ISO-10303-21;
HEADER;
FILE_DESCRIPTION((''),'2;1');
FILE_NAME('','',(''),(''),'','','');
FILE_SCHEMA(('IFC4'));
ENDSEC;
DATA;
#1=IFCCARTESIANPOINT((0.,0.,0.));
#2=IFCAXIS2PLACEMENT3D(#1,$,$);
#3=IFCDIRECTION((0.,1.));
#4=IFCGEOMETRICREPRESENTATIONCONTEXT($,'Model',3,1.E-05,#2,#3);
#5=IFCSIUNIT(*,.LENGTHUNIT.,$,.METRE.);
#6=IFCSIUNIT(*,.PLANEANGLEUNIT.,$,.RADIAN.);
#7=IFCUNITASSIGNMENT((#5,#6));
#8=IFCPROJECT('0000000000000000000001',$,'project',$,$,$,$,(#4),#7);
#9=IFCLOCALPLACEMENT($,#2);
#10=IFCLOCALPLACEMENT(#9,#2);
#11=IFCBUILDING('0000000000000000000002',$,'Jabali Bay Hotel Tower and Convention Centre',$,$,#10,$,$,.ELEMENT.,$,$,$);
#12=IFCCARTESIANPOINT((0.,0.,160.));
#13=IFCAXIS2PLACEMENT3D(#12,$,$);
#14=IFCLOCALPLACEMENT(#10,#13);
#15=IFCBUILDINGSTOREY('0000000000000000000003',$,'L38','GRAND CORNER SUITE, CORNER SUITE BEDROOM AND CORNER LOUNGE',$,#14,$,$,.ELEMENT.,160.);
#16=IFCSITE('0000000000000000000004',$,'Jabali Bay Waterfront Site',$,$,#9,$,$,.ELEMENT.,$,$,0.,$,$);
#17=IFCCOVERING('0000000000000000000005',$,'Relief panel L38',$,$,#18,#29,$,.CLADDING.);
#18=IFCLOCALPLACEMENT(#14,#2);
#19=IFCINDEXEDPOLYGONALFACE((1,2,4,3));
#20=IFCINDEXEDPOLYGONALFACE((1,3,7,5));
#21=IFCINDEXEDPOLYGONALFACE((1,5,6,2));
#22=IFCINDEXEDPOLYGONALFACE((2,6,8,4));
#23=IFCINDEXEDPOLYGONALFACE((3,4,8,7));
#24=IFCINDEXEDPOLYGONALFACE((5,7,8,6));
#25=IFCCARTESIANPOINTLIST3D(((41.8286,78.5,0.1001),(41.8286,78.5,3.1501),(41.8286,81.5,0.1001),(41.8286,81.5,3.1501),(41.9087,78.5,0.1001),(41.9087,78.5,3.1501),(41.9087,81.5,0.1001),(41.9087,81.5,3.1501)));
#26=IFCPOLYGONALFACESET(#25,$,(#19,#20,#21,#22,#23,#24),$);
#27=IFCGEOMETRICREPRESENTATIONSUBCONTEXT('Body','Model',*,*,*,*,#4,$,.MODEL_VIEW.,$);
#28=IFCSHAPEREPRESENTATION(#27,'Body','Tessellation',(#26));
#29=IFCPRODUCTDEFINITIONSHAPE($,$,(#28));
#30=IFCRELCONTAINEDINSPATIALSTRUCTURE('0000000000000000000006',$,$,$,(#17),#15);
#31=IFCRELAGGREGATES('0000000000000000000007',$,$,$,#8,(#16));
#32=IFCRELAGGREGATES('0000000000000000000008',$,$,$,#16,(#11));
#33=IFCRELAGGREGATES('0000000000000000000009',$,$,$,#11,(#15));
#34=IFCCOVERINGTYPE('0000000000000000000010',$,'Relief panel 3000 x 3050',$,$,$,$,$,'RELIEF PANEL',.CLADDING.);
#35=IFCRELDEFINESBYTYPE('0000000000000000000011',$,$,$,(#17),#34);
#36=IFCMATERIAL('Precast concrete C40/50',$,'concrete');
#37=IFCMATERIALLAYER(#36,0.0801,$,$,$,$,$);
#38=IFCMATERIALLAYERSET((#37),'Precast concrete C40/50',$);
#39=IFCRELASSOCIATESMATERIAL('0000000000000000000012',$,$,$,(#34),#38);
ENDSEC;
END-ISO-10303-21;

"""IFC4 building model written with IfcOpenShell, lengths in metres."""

from ifc_helpers import new_model, si_unit, direction, frame, origin, origin_2d, place, context, subcontext, project, spatial, rectangle, extrude, material, layer, layer_set, type_object, element, save


model = new_model("IFC4")

# Units and contexts
model_context = context("Model", 3, precision=1e-05, world=origin(), true_north=direction((0.0, 1.0)))
body_context = subcontext(model_context, "Body", "Model", "MODEL_VIEW")
ifc_project = project(units=[si_unit("LENGTHUNIT", "METRE"), si_unit("PLANEANGLEUNIT", "RADIAN")], contexts=[model_context])

# Site, building, storey
site_placement = place(None, origin())
site = spatial("IfcSite", under=ifc_project, at=site_placement, Name="Jabali Bay Waterfront Site", CompositionType="ELEMENT", RefElevation=0.0)
building_placement = place(site_placement, origin())
building = spatial("IfcBuilding", under=site, at=building_placement, Name="Jabali Bay Hotel Tower and Convention Centre", CompositionType="ELEMENT")
storey_placement = place(building_placement, frame((0.0, 0.0, 160.0)))
storey = spatial("IfcBuildingStorey", under=building, at=storey_placement, Name="L38", Description="GRAND CORNER SUITE, CORNER SUITE BEDROOM AND CORNER LOUNGE", CompositionType="ELEMENT", Elevation=160.0)

# Covering
ifc_material_1 = material(Name="Precast concrete C40/50", Category="concrete")
ifc_layer_1 = layer(ifc_material_1, 0.0801)
ifc_layer_set_1 = layer_set([ifc_layer_1], Name="Precast concrete C40/50")
covering_type = type_object("IfcCoveringType", Name="Relief panel 3000 x 3050", ElementType="RELIEF PANEL", PredefinedType="CLADDING", material=ifc_layer_set_1)
covering_placement = place(storey_placement, frame((41.8687, 80.0, 0.1001), z_axis=(0.0, 0.0, 1.0), x_axis=(0.0, 1.0, 0.0)))
element("IfcCovering", 1, at=covering_placement, inside=storey, type_object=covering_type, Name="Relief panel L38", PredefinedType="CLADDING", context=body_context, shape_type="SweptSolid", body=[
    extrude(rectangle(XDim=3.0, YDim=0.0801, at=origin_2d()), origin(), (0.0, 0.0, 1.0), 3.05),
])

save(model, "model.ifc")
